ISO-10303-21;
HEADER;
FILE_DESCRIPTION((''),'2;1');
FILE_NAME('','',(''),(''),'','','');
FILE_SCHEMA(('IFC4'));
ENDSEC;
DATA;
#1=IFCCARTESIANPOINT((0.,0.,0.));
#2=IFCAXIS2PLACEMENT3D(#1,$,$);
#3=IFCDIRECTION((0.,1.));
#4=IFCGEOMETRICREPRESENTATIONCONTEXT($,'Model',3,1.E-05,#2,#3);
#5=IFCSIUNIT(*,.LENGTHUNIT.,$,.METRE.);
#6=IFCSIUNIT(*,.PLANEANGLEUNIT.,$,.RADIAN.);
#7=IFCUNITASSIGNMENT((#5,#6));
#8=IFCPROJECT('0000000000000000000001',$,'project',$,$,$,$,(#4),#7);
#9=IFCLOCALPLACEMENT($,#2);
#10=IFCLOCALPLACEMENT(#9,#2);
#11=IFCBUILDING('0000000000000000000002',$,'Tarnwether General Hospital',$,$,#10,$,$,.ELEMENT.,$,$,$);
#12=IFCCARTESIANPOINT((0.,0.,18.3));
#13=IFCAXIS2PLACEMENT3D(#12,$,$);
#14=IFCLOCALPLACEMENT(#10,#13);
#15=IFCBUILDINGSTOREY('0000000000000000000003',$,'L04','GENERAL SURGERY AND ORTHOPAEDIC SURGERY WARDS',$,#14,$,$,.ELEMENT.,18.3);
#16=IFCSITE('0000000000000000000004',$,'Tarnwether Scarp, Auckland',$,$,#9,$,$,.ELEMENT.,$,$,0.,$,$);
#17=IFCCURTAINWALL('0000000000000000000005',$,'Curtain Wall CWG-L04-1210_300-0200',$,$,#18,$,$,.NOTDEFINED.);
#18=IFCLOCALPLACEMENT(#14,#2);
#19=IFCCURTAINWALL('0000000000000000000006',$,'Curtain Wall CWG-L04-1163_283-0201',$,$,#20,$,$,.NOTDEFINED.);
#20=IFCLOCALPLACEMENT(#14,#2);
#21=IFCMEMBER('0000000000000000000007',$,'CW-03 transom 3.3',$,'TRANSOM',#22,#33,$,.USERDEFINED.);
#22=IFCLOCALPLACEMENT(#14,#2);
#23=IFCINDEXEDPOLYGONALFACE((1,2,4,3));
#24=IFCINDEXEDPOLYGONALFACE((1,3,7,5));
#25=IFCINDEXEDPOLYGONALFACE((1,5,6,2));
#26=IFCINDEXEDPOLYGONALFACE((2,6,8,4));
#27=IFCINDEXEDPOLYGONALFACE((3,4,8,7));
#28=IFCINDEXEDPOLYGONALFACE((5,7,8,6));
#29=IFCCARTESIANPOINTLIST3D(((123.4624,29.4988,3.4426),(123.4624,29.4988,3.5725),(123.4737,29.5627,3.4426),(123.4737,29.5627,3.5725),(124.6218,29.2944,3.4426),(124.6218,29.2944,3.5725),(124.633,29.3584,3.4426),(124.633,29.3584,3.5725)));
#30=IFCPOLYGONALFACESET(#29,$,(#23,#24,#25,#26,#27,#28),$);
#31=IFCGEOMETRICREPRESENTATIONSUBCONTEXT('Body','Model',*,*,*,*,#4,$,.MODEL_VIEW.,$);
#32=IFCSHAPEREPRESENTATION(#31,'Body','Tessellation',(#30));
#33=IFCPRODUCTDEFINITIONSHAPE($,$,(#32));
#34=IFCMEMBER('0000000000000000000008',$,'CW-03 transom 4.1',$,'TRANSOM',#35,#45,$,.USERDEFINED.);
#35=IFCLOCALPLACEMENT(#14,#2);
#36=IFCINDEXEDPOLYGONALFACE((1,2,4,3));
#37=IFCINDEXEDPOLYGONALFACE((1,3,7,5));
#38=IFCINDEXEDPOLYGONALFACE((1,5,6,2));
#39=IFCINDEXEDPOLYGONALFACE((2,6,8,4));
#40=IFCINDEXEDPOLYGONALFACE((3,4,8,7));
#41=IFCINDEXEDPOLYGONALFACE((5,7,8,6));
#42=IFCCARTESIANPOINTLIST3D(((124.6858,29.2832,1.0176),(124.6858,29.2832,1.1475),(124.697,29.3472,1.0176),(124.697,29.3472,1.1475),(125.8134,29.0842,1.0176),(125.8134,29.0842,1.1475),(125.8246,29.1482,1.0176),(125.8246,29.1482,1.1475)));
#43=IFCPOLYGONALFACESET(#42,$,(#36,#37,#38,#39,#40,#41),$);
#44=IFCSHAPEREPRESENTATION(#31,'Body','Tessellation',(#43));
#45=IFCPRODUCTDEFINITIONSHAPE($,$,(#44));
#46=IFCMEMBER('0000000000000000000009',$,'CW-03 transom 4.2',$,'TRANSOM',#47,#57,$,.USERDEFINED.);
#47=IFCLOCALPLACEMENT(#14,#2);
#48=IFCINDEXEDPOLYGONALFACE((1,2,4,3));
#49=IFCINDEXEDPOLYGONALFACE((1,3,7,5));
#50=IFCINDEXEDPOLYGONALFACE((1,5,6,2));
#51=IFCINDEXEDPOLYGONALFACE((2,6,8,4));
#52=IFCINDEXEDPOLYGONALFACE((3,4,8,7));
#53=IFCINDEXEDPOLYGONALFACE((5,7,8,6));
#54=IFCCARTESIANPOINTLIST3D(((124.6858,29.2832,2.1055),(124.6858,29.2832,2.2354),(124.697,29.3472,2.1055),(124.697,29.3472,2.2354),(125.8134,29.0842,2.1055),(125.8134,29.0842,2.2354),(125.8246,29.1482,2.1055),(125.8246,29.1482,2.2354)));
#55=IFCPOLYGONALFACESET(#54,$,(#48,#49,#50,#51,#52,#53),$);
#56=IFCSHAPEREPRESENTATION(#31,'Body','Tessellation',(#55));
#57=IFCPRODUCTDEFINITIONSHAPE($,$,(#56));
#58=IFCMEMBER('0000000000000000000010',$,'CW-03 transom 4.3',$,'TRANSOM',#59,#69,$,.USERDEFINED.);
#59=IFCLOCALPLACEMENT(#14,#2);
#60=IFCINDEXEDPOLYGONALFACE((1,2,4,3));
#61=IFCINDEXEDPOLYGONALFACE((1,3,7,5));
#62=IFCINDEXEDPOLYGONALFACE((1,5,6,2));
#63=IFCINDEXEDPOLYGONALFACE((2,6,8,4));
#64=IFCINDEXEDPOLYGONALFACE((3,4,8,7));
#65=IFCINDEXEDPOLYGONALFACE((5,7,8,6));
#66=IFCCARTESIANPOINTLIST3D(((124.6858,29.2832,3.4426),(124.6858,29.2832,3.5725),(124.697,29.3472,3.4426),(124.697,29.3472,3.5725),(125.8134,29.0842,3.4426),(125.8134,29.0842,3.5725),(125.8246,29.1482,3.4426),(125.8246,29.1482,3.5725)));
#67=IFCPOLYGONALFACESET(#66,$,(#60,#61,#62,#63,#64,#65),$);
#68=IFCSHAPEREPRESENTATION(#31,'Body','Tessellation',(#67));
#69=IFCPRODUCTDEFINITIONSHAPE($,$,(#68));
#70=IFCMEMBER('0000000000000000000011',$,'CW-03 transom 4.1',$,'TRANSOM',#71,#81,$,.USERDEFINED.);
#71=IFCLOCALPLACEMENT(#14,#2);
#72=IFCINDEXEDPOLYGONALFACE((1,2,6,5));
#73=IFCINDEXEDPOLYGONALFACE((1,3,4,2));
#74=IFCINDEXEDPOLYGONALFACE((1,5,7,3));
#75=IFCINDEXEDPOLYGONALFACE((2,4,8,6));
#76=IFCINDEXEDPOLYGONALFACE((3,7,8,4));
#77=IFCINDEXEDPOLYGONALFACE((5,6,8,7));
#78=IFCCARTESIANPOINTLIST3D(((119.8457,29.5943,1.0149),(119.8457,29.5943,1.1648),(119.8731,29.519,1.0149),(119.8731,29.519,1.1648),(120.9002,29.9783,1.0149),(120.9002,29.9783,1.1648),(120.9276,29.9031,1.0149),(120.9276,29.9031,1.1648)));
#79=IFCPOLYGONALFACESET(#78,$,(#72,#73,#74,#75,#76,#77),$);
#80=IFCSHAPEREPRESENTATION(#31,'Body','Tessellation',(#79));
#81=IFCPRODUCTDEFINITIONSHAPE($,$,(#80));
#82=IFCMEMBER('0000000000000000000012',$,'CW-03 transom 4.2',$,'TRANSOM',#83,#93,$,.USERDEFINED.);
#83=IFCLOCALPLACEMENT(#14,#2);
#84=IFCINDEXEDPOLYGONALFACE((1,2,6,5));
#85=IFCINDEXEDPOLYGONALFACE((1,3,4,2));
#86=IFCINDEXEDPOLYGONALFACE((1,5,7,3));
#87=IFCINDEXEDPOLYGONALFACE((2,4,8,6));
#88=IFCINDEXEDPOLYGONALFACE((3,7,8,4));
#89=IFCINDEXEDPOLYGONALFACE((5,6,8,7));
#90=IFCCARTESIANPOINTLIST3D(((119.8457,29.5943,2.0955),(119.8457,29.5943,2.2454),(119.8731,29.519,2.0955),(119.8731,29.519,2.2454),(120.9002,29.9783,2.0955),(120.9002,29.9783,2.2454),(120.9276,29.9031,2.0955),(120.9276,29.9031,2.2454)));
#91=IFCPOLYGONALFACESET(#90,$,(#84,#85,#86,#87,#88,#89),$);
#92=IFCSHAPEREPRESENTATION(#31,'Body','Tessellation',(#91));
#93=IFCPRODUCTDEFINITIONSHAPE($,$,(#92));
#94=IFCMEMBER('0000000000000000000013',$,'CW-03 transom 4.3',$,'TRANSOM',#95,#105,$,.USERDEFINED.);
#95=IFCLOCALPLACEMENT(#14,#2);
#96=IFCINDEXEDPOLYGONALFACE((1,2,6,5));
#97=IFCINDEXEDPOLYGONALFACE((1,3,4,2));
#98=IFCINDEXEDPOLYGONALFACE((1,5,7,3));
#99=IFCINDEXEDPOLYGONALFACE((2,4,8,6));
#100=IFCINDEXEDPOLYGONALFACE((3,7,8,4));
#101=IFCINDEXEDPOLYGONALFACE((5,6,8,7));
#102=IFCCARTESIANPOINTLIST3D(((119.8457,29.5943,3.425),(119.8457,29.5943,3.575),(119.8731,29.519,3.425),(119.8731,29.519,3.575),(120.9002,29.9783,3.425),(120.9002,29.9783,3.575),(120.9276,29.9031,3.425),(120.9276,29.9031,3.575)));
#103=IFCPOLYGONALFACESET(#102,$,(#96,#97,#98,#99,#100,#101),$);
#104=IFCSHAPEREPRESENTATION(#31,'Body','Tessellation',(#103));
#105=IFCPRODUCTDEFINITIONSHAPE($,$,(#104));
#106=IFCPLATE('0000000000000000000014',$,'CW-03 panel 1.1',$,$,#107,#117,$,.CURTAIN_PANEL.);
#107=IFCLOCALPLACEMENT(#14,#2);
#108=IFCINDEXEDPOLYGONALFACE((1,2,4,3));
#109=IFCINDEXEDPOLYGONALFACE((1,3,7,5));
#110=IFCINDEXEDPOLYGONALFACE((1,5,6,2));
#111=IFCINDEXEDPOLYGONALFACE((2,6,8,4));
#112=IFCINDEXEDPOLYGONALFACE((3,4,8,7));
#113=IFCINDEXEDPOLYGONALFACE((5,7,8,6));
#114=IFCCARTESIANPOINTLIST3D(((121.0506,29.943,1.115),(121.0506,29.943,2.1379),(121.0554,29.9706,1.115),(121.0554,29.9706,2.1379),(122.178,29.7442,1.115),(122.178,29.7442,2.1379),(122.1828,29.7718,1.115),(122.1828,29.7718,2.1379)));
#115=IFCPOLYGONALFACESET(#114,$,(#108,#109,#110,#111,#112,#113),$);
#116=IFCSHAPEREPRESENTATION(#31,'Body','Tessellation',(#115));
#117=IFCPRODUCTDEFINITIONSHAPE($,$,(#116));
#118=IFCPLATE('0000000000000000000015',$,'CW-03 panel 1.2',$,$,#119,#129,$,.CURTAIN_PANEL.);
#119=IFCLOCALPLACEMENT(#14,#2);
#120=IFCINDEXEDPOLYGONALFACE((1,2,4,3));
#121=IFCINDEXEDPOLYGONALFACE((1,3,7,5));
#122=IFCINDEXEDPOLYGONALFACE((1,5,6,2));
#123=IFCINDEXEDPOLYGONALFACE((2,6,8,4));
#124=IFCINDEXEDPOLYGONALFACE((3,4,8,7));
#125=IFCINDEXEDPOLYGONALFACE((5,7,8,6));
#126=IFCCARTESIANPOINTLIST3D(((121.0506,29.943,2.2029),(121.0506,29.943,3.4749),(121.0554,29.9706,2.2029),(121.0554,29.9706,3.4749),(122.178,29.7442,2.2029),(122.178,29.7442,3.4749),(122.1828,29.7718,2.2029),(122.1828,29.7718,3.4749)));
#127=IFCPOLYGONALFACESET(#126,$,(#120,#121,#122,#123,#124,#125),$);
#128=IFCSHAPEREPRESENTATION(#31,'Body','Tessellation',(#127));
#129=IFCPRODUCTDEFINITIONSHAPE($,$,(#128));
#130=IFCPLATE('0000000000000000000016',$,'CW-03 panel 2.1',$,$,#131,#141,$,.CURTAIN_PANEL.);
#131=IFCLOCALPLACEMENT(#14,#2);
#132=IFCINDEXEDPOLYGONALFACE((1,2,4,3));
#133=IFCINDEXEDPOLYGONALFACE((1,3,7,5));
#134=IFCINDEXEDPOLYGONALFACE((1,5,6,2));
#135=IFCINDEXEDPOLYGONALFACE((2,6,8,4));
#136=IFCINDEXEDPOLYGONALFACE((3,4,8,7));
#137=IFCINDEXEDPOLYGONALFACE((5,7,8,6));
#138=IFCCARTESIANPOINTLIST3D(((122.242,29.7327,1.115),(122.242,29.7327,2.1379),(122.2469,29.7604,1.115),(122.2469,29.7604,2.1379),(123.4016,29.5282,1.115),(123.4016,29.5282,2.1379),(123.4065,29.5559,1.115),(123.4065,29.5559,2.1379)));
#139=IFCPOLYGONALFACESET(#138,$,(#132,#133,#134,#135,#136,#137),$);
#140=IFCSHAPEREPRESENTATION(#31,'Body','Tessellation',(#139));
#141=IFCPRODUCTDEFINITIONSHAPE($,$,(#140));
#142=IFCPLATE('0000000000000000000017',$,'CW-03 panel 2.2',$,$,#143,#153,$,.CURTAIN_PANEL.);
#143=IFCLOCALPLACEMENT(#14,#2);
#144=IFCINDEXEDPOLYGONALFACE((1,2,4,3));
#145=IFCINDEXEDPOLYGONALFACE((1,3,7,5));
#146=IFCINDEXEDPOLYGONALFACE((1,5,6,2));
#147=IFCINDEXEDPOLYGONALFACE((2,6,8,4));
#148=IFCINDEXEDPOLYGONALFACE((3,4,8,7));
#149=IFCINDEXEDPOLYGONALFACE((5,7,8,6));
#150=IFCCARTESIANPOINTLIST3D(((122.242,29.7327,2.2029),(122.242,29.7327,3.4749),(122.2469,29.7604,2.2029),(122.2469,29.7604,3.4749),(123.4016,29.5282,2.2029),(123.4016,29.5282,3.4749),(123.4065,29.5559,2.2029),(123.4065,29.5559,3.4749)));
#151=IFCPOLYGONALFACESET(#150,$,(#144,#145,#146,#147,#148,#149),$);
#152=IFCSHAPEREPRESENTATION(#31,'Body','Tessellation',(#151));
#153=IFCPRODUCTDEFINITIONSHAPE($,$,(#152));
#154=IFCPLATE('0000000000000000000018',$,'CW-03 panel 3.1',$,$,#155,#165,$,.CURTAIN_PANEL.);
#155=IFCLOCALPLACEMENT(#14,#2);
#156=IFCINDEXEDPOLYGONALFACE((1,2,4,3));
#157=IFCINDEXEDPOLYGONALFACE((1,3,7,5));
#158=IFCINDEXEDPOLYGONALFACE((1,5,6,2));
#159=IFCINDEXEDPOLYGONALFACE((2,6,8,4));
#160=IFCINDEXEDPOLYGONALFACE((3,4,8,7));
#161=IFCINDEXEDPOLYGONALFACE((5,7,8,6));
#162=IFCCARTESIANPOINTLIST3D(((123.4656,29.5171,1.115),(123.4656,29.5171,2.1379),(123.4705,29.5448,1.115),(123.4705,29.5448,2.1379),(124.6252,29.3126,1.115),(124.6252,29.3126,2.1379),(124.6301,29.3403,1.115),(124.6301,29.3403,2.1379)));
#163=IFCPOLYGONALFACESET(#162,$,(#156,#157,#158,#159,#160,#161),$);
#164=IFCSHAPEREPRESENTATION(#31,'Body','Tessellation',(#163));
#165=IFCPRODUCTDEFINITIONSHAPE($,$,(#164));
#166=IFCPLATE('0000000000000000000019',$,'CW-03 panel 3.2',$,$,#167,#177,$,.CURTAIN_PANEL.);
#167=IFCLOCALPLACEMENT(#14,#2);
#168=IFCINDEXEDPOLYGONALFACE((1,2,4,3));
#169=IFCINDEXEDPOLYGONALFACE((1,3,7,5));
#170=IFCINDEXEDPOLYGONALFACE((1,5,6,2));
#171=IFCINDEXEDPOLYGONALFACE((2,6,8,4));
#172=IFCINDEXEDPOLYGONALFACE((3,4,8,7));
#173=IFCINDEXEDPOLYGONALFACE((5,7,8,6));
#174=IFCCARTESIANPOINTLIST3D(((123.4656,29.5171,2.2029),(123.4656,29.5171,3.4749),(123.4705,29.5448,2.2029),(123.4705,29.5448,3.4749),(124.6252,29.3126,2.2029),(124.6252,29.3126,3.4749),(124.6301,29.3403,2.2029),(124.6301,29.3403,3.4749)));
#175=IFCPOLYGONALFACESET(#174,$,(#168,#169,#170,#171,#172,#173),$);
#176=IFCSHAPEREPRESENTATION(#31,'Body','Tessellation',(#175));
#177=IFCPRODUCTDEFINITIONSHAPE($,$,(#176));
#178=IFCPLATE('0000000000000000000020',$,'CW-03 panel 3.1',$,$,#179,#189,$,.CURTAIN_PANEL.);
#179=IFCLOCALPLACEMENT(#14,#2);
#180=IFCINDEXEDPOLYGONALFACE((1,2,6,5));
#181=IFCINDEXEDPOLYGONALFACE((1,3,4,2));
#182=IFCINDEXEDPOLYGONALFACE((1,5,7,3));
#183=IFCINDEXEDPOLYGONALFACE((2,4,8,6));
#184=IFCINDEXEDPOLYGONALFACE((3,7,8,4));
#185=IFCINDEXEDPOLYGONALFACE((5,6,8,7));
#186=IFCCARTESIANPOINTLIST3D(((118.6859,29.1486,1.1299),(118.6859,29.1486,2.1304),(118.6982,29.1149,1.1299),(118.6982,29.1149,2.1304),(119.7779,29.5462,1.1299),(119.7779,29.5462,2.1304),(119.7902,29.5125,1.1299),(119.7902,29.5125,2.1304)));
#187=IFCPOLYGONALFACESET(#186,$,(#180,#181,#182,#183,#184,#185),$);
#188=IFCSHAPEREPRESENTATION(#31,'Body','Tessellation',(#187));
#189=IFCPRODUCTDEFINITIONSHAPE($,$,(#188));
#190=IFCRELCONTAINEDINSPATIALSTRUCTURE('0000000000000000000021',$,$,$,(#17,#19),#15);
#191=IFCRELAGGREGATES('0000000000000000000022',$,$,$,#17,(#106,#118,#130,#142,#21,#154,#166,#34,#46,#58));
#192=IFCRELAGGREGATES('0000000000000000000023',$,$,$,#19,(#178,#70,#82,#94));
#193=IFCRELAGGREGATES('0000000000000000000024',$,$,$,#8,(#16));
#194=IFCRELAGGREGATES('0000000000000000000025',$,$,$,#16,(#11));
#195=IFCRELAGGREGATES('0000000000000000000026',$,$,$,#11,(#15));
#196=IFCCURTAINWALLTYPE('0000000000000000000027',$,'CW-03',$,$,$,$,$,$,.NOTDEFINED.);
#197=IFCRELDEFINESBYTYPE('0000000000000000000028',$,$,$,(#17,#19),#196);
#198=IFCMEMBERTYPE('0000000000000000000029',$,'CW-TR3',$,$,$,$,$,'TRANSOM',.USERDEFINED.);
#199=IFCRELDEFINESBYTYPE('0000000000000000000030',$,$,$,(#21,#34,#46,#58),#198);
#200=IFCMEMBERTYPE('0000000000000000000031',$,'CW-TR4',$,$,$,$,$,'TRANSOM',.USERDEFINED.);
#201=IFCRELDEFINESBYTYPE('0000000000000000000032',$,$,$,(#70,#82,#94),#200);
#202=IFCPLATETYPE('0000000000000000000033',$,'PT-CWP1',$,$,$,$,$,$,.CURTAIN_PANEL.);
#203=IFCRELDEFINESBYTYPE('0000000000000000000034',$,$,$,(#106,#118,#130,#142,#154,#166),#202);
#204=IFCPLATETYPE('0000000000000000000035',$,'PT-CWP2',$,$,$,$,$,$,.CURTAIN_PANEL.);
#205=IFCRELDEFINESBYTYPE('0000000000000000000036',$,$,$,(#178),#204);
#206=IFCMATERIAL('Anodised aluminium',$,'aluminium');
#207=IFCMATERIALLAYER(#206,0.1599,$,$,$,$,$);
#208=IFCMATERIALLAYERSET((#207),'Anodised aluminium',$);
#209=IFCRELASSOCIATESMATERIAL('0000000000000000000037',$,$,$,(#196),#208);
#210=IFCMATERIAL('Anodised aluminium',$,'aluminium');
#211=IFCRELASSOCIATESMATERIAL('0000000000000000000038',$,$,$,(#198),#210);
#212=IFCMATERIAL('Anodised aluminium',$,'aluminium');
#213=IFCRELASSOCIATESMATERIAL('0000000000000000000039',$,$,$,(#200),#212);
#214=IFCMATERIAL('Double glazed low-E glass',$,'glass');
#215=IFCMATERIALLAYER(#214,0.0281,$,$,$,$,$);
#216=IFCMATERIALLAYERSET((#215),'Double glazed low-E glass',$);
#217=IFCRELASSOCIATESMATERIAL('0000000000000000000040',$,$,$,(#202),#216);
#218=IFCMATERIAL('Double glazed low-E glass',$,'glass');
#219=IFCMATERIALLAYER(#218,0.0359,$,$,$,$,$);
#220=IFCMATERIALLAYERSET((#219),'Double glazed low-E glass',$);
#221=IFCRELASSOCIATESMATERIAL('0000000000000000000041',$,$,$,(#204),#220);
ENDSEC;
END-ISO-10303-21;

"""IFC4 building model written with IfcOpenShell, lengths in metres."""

from ifc_helpers import new_model, si_unit, direction, frame, origin, origin_2d, place, context, subcontext, project, spatial, rectangle, extrude, material, layer, layer_set, material_profile, profile_set, type_object, element, aggregate, save


model = new_model("IFC4")

# Units and contexts
model_context = context("Model", 3, precision=1e-05, world=origin(), true_north=direction((0.0, 1.0)))
body_context = subcontext(model_context, "Body", "Model", "MODEL_VIEW")
ifc_project = project(units=[si_unit("LENGTHUNIT", "METRE"), si_unit("PLANEANGLEUNIT", "RADIAN")], contexts=[model_context])

# Site, building, storey
site_placement = place(None, origin())
site = spatial("IfcSite", under=ifc_project, at=site_placement, Name="Tarnwether Scarp, Auckland", CompositionType="ELEMENT", RefElevation=0.0)
building_placement = place(site_placement, origin())
building = spatial("IfcBuilding", under=site, at=building_placement, Name="Tarnwether General Hospital", CompositionType="ELEMENT")
storey_placement = place(building_placement, frame((0.0, 0.0, 18.3)))
storey = spatial("IfcBuildingStorey", under=building, at=storey_placement, Name="L04", Description="GENERAL SURGERY AND ORTHOPAEDIC SURGERY WARDS", CompositionType="ELEMENT", Elevation=18.3)

# Curtain walls
ifc_material_1 = material(Name="Anodised aluminium", Category="aluminium")
ifc_layer_1 = layer(ifc_material_1, 0.1599)
ifc_layer_set_1 = layer_set([ifc_layer_1], Name="Anodised aluminium")
curtain_wall_type = type_object("IfcCurtainWallType", Name="CW-03", PredefinedType="NOTDEFINED", material=ifc_layer_set_1)
curtain_wall_1_placement = place(storey_placement, origin())
curtain_wall_1 = element("IfcCurtainWall", 1, at=curtain_wall_1_placement, inside=storey, type_object=curtain_wall_type, Name="Curtain Wall CWG-L04-1210_300-0200", PredefinedType="NOTDEFINED")
curtain_wall_2_placement = place(storey_placement, origin())
curtain_wall_2 = element("IfcCurtainWall", 2, at=curtain_wall_2_placement, inside=storey, type_object=curtain_wall_type, Name="Curtain Wall CWG-L04-1163_283-0201", PredefinedType="NOTDEFINED")

# Members
ifc_material_2 = material(Name="Anodised aluminium", Category="aluminium")
ifc_material_profile_1 = material_profile(ifc_material_2, rectangle(XDim=0.0649, YDim=0.1299, at=origin_2d()), Name="ALU-TRN-65x130")
ifc_profile_set_1 = profile_set([ifc_material_profile_1], Name="Anodised aluminium")
member_type_1 = type_object("IfcMemberType", Name="CW-TR3", ElementType="TRANSOM", PredefinedType="USERDEFINED", material=ifc_profile_set_1)
member_1_placement = place(storey_placement, frame((123.468, 29.5308, 3.5076), z_axis=(0.984821, -0.173572, 0.0), x_axis=(0.173572, 0.984821, 0.0)))
member_1 = element("IfcMember", 3, at=member_1_placement, type_object=member_type_1, Name="CW-03 transom 3.3", ObjectType="TRANSOM", PredefinedType="USERDEFINED", context=body_context, shape_type="SweptSolid", body=[
    extrude(rectangle(XDim=0.0649, YDim=0.1299, at=origin_2d()), origin(), (0.0, 0.0, 1.0), 1.1772),
])
member_2_placement = place(storey_placement, frame((124.6914, 29.3152, 1.0825), z_axis=(0.984788, -0.173761, 0.0), x_axis=(0.173761, 0.984788, 0.0)))
member_2 = element("IfcMember", 4, at=member_2_placement, type_object=member_type_1, Name="CW-03 transom 4.1", ObjectType="TRANSOM", PredefinedType="USERDEFINED", context=body_context, shape_type="SweptSolid", body=[
    extrude(rectangle(XDim=0.0649, YDim=0.1299, at=origin_2d()), origin(), (0.0, 0.0, 1.0), 1.145),
])
member_3_placement = place(storey_placement, frame((124.6914, 29.3152, 2.1704), z_axis=(0.984788, -0.173761, 0.0), x_axis=(0.173761, 0.984788, 0.0)))
member_3 = element("IfcMember", 5, at=member_3_placement, type_object=member_type_1, Name="CW-03 transom 4.2", ObjectType="TRANSOM", PredefinedType="USERDEFINED", context=body_context, shape_type="SweptSolid", body=[
    extrude(rectangle(XDim=0.0649, YDim=0.1299, at=origin_2d()), origin(), (0.0, 0.0, 1.0), 1.145),
])
member_4_placement = place(storey_placement, frame((124.6914, 29.3152, 3.5076), z_axis=(0.984788, -0.173761, 0.0), x_axis=(0.173761, 0.984788, 0.0)))
member_4 = element("IfcMember", 6, at=member_4_placement, type_object=member_type_1, Name="CW-03 transom 4.3", ObjectType="TRANSOM", PredefinedType="USERDEFINED", context=body_context, shape_type="SweptSolid", body=[
    extrude(rectangle(XDim=0.0649, YDim=0.1299, at=origin_2d()), origin(), (0.0, 0.0, 1.0), 1.145),
])
ifc_material_3 = material(Name="Anodised aluminium", Category="aluminium")
ifc_material_profile_2 = material_profile(ifc_material_3, rectangle(XDim=0.0801, YDim=0.1499, at=origin_2d()), Name="ALU-TRN-80x150")
ifc_profile_set_2 = profile_set([ifc_material_profile_2], Name="Anodised aluminium")
member_type_2 = type_object("IfcMemberType", Name="CW-TR4", ElementType="TRANSOM", PredefinedType="USERDEFINED", material=ifc_profile_set_2)
member_5_placement = place(storey_placement, frame((119.8594, 29.5566, 1.0898), z_axis=(0.939622, 0.342215, 0.0), x_axis=(-0.342215, 0.939622, 0.0)))
member_5 = element("IfcMember", 7, at=member_5_placement, type_object=member_type_2, Name="CW-03 transom 4.1", ObjectType="TRANSOM", PredefinedType="USERDEFINED", context=body_context, shape_type="SweptSolid", body=[
    extrude(rectangle(XDim=0.0801, YDim=0.1499, at=origin_2d()), origin(), (0.0, 0.0, 1.0), 1.1223),
])
member_6_placement = place(storey_placement, frame((119.8594, 29.5566, 2.1704), z_axis=(0.939622, 0.342215, 0.0), x_axis=(-0.342215, 0.939622, 0.0)))
member_6 = element("IfcMember", 8, at=member_6_placement, type_object=member_type_2, Name="CW-03 transom 4.2", ObjectType="TRANSOM", PredefinedType="USERDEFINED", context=body_context, shape_type="SweptSolid", body=[
    extrude(rectangle(XDim=0.0801, YDim=0.1499, at=origin_2d()), origin(), (0.0, 0.0, 1.0), 1.1223),
])
member_7_placement = place(storey_placement, frame((119.8594, 29.5566, 3.5), z_axis=(0.939622, 0.342215, 0.0), x_axis=(-0.342215, 0.939622, 0.0)))
member_7 = element("IfcMember", 9, at=member_7_placement, type_object=member_type_2, Name="CW-03 transom 4.3", ObjectType="TRANSOM", PredefinedType="USERDEFINED", context=body_context, shape_type="SweptSolid", body=[
    extrude(rectangle(XDim=0.0801, YDim=0.1499, at=origin_2d()), origin(), (0.0, 0.0, 1.0), 1.1223),
])

# Plates
ifc_material_4 = material(Name="Double glazed low-E glass", Category="glass")
ifc_layer_2 = layer(ifc_material_4, 0.0281)
ifc_layer_set_2 = layer_set([ifc_layer_2], Name="Double glazed low-E glass")
plate_type_1 = type_object("IfcPlateType", Name="PT-CWP1", PredefinedType="CURTAIN_PANEL", material=ifc_layer_set_2)
plate_1_placement = place(storey_placement, frame((121.6167, 29.8574, 1.115), z_axis=(0.0, 0.0, 1.0), x_axis=(0.984806, -0.173659, 0.0)))
plate_1 = element("IfcPlate", 10, at=plate_1_placement, type_object=plate_type_1, Name="CW-03 panel 1.1", PredefinedType="CURTAIN_PANEL", context=body_context, shape_type="SweptSolid", body=[
    extrude(rectangle(XDim=1.1448, YDim=0.0281, at=origin_2d()), origin(), (0.0, 0.0, 1.0), 1.0229),
])
plate_2_placement = place(storey_placement, frame((121.6167, 29.8574, 2.2029), z_axis=(0.0, 0.0, 1.0), x_axis=(0.984806, -0.173659, 0.0)))
plate_2 = element("IfcPlate", 11, at=plate_2_placement, type_object=plate_type_1, Name="CW-03 panel 1.2", PredefinedType="CURTAIN_PANEL", context=body_context, shape_type="SweptSolid", body=[
    extrude(rectangle(XDim=1.1448, YDim=0.0281, at=origin_2d()), origin(), (0.0, 0.0, 1.0), 1.272),
])
plate_3_placement = place(storey_placement, frame((122.8242, 29.6443, 1.115), z_axis=(0.0, 0.0, 1.0), x_axis=(0.984806, -0.173659, 0.0)))
plate_3 = element("IfcPlate", 12, at=plate_3_placement, type_object=plate_type_1, Name="CW-03 panel 2.1", PredefinedType="CURTAIN_PANEL", context=body_context, shape_type="SweptSolid", body=[
    extrude(rectangle(XDim=1.1775, YDim=0.0281, at=origin_2d()), origin(), (0.0, 0.0, 1.0), 1.0229),
])
plate_4_placement = place(storey_placement, frame((122.8242, 29.6443, 2.2029), z_axis=(0.0, 0.0, 1.0), x_axis=(0.984806, -0.173659, 0.0)))
plate_4 = element("IfcPlate", 13, at=plate_4_placement, type_object=plate_type_1, Name="CW-03 panel 2.2", PredefinedType="CURTAIN_PANEL", context=body_context, shape_type="SweptSolid", body=[
    extrude(rectangle(XDim=1.1775, YDim=0.0281, at=origin_2d()), origin(), (0.0, 0.0, 1.0), 1.272),
])
plate_5_placement = place(storey_placement, frame((124.0479, 29.4287, 1.115), z_axis=(0.0, 0.0, 1.0), x_axis=(0.984806, -0.173659, 0.0)))
plate_5 = element("IfcPlate", 14, at=plate_5_placement, type_object=plate_type_1, Name="CW-03 panel 3.1", PredefinedType="CURTAIN_PANEL", context=body_context, shape_type="SweptSolid", body=[
    extrude(rectangle(XDim=1.1775, YDim=0.0281, at=origin_2d()), origin(), (0.0, 0.0, 1.0), 1.0229),
])
plate_6_placement = place(storey_placement, frame((124.0479, 29.4287, 2.2029), z_axis=(0.0, 0.0, 1.0), x_axis=(0.984806, -0.173659, 0.0)))
plate_6 = element("IfcPlate", 15, at=plate_6_placement, type_object=plate_type_1, Name="CW-03 panel 3.2", PredefinedType="CURTAIN_PANEL", context=body_context, shape_type="SweptSolid", body=[
    extrude(rectangle(XDim=1.1775, YDim=0.0281, at=origin_2d()), origin(), (0.0, 0.0, 1.0), 1.272),
])
aggregate(curtain_wall_1, [plate_1, plate_2, plate_3, plate_4, member_1, plate_5, plate_6, member_2, member_3, member_4])
ifc_material_5 = material(Name="Double glazed low-E glass", Category="glass")
ifc_layer_3 = layer(ifc_material_5, 0.0359)
ifc_layer_set_3 = layer_set([ifc_layer_3], Name="Double glazed low-E glass")
plate_type_2 = type_object("IfcPlateType", Name="PT-CWP2", PredefinedType="CURTAIN_PANEL", material=ifc_layer_set_3)
plate_7_placement = place(storey_placement, frame((119.238, 29.3306, 1.1299), z_axis=(0.0, 0.0, 1.0), x_axis=(0.939652, 0.342131, 0.0)))
plate_7 = element("IfcPlate", 16, at=plate_7_placement, type_object=plate_type_2, Name="CW-03 panel 3.1", PredefinedType="CURTAIN_PANEL", context=body_context, shape_type="SweptSolid", body=[
    extrude(rectangle(XDim=1.1621, YDim=0.0359, at=origin_2d()), origin(), (0.0, 0.0, 1.0), 1.0005),
])
aggregate(curtain_wall_2, [plate_7, member_5, member_6, member_7])

save(model, "model.ifc")
